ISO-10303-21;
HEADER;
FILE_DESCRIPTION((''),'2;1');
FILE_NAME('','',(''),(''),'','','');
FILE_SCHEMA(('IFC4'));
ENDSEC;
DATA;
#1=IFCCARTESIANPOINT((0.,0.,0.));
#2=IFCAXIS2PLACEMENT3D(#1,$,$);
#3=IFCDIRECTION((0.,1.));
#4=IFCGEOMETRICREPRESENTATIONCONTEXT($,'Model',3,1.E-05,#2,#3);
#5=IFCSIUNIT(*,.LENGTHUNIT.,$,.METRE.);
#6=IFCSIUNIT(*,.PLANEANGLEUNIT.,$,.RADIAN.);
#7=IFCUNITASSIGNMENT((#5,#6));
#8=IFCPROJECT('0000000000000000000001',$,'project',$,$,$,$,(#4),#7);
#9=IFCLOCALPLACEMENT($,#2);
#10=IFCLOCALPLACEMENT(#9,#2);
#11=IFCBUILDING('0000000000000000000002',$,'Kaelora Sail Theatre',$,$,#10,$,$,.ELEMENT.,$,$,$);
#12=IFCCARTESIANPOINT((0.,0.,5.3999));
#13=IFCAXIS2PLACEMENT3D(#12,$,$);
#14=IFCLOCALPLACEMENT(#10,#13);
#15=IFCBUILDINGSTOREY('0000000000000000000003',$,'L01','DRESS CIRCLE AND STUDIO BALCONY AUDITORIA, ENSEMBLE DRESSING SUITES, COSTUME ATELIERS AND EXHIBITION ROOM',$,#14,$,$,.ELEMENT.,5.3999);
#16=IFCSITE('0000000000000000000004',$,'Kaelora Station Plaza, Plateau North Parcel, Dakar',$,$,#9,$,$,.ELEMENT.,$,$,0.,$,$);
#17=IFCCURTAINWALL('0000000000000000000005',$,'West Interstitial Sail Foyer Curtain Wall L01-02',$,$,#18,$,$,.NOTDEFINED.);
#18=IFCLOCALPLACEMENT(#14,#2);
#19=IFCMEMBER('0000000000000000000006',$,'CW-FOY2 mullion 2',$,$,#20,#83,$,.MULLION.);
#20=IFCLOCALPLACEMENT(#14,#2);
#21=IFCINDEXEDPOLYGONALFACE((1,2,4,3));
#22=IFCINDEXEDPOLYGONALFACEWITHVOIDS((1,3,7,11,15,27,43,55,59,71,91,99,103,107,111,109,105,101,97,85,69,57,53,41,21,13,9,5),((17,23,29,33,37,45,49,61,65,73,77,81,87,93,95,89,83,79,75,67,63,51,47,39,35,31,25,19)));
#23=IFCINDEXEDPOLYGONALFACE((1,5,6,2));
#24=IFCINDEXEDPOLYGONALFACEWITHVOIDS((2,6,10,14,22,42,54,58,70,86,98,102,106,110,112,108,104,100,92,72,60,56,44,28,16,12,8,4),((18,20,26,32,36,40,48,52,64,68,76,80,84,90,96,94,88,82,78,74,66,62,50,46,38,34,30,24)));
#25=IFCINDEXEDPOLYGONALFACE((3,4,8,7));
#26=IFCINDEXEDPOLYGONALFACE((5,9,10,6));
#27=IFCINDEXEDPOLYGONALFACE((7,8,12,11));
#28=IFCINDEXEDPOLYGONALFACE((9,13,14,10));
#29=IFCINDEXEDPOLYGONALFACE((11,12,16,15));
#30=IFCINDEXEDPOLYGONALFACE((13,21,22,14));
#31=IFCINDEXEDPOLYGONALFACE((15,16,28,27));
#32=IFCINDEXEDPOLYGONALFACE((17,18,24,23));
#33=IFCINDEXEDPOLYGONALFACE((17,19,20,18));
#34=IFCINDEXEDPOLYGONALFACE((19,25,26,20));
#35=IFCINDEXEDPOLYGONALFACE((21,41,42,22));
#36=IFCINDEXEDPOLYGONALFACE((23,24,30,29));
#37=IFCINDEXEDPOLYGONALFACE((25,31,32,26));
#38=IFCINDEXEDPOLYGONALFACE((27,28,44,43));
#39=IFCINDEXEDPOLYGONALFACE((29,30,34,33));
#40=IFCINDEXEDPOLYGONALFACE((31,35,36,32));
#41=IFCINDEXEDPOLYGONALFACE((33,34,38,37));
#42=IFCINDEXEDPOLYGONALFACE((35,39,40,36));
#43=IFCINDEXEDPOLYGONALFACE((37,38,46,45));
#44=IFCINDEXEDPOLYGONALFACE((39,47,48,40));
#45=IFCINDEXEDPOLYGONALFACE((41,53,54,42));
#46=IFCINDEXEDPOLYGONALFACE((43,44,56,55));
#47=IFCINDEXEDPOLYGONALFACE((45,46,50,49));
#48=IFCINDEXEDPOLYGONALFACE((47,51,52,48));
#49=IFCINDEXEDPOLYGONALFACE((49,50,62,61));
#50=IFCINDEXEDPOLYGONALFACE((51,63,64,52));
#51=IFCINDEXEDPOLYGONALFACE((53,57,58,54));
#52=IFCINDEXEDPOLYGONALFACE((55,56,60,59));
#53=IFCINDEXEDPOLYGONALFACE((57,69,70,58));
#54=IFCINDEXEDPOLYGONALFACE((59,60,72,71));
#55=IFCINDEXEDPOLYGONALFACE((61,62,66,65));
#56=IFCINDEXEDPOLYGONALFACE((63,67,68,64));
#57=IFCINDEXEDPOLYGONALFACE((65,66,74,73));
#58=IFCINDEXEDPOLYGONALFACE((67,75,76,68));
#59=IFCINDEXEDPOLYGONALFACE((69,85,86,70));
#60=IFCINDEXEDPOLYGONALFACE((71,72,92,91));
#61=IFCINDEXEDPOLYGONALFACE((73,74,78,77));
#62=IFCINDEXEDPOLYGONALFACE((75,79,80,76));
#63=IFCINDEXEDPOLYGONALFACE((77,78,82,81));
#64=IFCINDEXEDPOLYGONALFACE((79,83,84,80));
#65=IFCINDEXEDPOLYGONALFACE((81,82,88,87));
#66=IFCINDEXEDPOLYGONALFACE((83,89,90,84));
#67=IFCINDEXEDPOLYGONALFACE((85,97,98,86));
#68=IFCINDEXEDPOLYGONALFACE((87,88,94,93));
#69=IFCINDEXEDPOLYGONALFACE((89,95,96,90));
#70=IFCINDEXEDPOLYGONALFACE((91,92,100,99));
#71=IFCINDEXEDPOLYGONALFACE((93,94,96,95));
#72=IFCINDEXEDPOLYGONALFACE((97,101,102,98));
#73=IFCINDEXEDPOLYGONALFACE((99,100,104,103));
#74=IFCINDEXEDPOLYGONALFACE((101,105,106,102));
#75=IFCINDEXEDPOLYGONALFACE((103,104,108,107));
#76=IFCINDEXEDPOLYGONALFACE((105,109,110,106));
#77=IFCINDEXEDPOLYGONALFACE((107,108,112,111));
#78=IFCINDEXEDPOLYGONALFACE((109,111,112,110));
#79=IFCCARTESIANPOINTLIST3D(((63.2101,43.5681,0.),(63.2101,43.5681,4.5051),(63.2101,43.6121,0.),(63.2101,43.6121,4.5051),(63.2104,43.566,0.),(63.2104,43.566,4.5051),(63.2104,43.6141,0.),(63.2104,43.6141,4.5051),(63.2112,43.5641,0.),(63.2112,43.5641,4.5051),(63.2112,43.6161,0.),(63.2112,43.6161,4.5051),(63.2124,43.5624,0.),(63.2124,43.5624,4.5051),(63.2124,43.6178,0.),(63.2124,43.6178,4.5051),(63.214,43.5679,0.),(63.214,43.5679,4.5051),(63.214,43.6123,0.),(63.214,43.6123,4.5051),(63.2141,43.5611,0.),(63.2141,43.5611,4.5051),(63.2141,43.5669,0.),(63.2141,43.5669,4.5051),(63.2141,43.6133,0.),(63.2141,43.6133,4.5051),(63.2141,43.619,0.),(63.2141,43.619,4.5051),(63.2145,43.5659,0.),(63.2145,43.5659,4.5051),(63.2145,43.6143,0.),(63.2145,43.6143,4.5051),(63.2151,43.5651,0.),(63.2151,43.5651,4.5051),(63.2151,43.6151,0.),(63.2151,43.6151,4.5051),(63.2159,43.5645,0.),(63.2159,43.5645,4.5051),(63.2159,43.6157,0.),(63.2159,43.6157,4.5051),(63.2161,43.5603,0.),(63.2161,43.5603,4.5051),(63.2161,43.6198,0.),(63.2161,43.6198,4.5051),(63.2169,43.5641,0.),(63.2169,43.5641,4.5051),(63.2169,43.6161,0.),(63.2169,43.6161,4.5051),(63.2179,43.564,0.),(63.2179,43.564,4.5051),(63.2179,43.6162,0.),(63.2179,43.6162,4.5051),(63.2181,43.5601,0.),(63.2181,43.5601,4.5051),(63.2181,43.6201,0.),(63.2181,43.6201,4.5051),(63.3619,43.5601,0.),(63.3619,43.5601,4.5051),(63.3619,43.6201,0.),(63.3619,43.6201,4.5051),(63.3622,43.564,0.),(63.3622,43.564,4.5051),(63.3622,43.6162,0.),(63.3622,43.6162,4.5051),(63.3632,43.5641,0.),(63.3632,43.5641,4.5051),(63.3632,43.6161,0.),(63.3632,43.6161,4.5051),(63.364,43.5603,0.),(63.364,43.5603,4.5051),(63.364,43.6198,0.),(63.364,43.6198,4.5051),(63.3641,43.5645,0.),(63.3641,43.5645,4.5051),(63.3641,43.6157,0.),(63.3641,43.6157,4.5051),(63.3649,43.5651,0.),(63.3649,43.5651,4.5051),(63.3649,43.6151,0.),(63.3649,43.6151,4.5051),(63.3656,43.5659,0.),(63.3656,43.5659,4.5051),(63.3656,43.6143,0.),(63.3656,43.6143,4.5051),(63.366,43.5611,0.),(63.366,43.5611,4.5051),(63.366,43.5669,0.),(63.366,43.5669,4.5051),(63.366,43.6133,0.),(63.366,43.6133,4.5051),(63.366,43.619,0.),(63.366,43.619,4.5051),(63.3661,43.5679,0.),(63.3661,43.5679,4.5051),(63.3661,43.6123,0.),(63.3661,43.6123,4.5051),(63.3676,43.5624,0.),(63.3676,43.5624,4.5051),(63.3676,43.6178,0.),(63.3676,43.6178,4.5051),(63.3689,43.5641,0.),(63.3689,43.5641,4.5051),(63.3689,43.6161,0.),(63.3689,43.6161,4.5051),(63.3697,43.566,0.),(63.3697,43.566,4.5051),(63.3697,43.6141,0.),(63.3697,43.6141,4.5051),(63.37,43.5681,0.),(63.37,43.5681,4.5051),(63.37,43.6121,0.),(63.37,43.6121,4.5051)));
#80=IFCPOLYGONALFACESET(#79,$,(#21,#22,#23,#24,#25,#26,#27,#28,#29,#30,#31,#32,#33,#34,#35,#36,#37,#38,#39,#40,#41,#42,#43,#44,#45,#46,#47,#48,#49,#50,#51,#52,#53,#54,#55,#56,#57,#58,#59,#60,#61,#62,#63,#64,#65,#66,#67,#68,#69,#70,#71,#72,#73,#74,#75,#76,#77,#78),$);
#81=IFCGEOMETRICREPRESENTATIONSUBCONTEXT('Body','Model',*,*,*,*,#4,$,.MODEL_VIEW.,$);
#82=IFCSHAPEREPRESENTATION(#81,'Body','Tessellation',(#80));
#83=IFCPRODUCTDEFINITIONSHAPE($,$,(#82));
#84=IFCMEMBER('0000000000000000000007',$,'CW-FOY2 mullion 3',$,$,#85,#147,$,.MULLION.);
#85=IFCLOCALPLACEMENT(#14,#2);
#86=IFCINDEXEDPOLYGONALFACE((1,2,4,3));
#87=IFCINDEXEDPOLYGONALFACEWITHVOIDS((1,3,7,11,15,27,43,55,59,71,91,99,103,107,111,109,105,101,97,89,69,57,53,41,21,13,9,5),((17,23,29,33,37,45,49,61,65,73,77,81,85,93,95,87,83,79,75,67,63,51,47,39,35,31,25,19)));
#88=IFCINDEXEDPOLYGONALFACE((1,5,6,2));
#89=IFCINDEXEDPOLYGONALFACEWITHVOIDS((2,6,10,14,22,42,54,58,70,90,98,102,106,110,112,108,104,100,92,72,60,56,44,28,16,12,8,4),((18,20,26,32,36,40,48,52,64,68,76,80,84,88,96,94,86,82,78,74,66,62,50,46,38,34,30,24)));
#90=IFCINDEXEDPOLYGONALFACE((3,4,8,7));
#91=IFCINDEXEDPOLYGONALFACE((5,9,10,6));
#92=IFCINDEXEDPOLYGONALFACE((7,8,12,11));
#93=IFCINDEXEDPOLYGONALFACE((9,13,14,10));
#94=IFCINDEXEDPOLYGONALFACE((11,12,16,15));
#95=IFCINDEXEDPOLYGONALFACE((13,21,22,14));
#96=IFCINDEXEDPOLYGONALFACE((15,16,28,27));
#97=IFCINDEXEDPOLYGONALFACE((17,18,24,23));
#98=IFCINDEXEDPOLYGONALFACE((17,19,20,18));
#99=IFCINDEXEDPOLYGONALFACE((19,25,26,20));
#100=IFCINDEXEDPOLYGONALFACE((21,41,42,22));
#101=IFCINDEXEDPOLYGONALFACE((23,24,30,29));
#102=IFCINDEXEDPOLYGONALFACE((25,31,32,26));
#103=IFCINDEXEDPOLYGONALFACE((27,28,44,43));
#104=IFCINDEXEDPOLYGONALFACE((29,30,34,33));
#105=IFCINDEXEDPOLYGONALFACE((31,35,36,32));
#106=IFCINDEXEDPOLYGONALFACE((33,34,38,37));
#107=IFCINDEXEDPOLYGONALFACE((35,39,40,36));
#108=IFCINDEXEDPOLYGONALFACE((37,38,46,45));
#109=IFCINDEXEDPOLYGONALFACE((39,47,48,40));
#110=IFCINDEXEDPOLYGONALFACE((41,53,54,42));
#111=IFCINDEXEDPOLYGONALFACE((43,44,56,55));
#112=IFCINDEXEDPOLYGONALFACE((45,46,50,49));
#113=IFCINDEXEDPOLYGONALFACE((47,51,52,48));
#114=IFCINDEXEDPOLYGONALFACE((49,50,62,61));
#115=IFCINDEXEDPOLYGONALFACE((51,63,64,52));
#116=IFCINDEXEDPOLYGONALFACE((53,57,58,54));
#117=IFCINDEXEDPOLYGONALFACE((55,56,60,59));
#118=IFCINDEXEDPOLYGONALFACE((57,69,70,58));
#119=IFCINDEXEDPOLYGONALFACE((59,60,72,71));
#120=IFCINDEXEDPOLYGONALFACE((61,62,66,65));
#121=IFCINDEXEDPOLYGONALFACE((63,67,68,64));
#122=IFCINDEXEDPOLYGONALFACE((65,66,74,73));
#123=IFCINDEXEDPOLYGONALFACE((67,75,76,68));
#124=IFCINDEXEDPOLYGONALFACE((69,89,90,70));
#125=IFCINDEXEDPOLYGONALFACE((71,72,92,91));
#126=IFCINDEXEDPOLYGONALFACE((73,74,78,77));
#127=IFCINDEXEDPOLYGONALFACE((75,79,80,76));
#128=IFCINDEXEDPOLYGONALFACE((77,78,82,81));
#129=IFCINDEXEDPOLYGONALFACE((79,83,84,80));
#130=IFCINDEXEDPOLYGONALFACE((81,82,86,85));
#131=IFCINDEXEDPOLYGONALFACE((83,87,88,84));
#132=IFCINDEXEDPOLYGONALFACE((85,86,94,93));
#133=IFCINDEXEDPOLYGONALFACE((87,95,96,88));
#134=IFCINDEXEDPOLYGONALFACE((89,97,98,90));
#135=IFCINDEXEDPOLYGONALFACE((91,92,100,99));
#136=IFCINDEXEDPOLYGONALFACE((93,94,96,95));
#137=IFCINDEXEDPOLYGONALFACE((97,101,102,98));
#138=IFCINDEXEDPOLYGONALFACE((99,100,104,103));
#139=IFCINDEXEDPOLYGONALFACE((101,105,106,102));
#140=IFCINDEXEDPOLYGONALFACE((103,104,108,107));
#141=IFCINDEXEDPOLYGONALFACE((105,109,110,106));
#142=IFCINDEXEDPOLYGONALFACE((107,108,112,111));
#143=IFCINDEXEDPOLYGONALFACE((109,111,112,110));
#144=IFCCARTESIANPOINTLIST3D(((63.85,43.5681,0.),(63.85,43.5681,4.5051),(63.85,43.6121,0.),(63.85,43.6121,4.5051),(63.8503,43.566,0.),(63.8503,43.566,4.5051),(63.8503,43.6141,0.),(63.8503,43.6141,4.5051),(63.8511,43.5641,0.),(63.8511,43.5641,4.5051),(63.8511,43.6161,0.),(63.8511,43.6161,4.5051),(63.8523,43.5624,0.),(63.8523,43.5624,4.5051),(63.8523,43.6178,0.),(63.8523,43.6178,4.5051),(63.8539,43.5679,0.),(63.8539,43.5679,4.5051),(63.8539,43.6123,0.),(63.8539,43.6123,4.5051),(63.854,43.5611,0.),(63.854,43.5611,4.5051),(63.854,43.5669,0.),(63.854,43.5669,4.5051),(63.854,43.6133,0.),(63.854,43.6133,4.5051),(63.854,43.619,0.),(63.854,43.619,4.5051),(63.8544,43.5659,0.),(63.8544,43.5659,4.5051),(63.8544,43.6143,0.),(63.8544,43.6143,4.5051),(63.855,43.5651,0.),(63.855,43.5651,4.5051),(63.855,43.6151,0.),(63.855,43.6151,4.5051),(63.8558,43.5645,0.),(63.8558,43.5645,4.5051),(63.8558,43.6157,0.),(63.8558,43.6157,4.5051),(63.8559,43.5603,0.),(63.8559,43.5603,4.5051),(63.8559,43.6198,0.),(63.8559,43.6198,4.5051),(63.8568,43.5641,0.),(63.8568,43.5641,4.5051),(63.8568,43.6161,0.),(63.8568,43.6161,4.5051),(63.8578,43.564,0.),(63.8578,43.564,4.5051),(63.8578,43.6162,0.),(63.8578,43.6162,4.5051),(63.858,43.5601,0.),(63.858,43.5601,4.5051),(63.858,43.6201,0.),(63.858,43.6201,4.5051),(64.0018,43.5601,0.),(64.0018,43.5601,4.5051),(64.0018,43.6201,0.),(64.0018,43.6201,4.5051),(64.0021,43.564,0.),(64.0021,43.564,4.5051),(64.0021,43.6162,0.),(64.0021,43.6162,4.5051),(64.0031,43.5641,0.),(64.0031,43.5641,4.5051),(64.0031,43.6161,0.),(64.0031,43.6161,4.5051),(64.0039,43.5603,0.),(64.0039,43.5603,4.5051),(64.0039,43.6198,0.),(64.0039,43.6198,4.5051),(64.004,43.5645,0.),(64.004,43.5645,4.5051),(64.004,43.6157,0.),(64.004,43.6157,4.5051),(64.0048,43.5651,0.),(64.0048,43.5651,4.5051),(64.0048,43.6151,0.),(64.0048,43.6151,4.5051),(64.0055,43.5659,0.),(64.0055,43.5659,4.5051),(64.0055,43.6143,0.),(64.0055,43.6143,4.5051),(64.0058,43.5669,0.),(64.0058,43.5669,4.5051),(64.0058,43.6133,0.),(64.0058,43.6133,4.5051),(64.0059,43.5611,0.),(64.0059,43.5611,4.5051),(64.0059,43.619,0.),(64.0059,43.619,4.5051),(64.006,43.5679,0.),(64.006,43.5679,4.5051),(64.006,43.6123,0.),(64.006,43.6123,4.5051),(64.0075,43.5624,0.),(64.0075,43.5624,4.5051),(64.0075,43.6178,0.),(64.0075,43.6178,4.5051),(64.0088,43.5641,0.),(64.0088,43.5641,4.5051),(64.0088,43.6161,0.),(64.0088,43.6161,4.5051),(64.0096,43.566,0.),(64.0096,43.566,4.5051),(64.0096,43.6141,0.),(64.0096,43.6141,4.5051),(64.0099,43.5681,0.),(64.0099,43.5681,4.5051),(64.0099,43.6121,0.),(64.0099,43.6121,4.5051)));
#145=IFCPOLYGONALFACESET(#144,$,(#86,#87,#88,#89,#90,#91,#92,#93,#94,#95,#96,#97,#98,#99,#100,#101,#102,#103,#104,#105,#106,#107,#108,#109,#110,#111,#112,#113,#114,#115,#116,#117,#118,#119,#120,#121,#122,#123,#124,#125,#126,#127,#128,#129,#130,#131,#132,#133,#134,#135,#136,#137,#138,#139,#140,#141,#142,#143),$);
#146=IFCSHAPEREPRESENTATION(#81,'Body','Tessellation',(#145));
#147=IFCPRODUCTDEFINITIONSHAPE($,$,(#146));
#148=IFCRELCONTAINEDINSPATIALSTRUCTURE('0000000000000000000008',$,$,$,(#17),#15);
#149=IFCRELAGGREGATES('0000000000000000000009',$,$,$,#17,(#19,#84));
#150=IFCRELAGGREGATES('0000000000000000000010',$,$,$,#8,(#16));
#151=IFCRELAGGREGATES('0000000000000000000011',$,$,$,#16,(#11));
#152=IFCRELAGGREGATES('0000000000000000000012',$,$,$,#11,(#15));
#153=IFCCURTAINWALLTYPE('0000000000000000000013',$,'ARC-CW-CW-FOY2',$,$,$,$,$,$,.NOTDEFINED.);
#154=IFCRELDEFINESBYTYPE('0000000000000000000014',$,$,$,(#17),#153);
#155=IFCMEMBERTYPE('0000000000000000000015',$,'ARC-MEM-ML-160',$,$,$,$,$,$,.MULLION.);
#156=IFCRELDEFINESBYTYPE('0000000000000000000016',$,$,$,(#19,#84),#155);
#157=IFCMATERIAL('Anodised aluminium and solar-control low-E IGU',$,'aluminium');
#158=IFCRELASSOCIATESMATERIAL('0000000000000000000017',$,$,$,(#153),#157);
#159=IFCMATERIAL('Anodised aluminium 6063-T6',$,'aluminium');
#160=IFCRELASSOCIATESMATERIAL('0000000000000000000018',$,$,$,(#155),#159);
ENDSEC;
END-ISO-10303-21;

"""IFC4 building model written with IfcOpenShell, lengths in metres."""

from ifc_helpers import new_model, si_unit, direction, frame, origin, origin_2d, place, context, subcontext, project, spatial, hollow_rectangle, extrude, material, material_profile, profile_set, type_object, element, aggregate, save


model = new_model("IFC4")

# Units and contexts
model_context = context("Model", 3, precision=1e-05, world=origin(), true_north=direction((0.0, 1.0)))
body_context = subcontext(model_context, "Body", "Model", "MODEL_VIEW")
ifc_project = project(units=[si_unit("LENGTHUNIT", "METRE"), si_unit("PLANEANGLEUNIT", "RADIAN")], contexts=[model_context])

# Site, building, storey
site_placement = place(None, origin())
site = spatial("IfcSite", under=ifc_project, at=site_placement, Name="Kaelora Station Plaza, Plateau North Parcel, Dakar", CompositionType="ELEMENT", RefElevation=0.0)
building_placement = place(site_placement, origin())
building = spatial("IfcBuilding", under=site, at=building_placement, Name="Kaelora Sail Theatre", CompositionType="ELEMENT")
storey_placement = place(building_placement, frame((0.0, 0.0, 5.3999)))
storey = spatial("IfcBuildingStorey", under=building, at=storey_placement, Name="L01", Description="DRESS CIRCLE AND STUDIO BALCONY AUDITORIA, ENSEMBLE DRESSING SUITES, COSTUME ATELIERS AND EXHIBITION ROOM", CompositionType="ELEMENT", Elevation=5.3999)

# Shared definitions
ifc_material_1 = material(Name="Anodised aluminium and solar-control low-E IGU", Category="aluminium")
curtain_wall_type = type_object("IfcCurtainWallType", Name="ARC-CW-CW-FOY2", PredefinedType="NOTDEFINED", material=ifc_material_1)
ifc_material_2 = material(Name="Anodised aluminium 6063-T6", Category="aluminium")
ifc_material_profile_1 = material_profile(ifc_material_2, hollow_rectangle(XDim=0.0601, YDim=0.1599, WallThickness=0.0039, InnerFilletRadius=0.0039, OuterFilletRadius=0.0081, at=origin_2d()), Name="ALU-MULL 60x160x4")
ifc_profile_set_1 = profile_set([ifc_material_profile_1], Name="Anodised aluminium 6063-T6")
member_type_1 = type_object("IfcMemberType", Name="ARC-MEM-ML-160", PredefinedType="MULLION", material=ifc_profile_set_1)

# Curtain wall, members
curtain_wall_1_placement = place(storey_placement, origin())
curtain_wall_1 = element("IfcCurtainWall", 1, at=curtain_wall_1_placement, inside=storey, type_object=curtain_wall_type, Name="West Interstitial Sail Foyer Curtain Wall L01-02", PredefinedType="NOTDEFINED")
member_1_placement = place(storey_placement, frame((63.29, 43.5901, 0.0), z_axis=(0.0, 0.0, 1.0), x_axis=(0.0, 1.0, 0.0)))
member_1 = element("IfcMember", 2, at=member_1_placement, type_object=member_type_1, Name="CW-FOY2 mullion 2", PredefinedType="MULLION", context=body_context, shape_type="SweptSolid", body=[
    extrude(hollow_rectangle(XDim=0.0601, YDim=0.1599, WallThickness=0.0039, InnerFilletRadius=0.0039, OuterFilletRadius=0.0081, at=origin_2d()), origin(), (0.0, 0.0, 1.0), 4.5051),
])
member_2_placement = place(storey_placement, frame((63.9299, 43.5901, 0.0), z_axis=(0.0, 0.0, 1.0), x_axis=(0.0, 1.0, 0.0)))
member_2 = element("IfcMember", 3, at=member_2_placement, type_object=member_type_1, Name="CW-FOY2 mullion 3", PredefinedType="MULLION", context=body_context, shape_type="SweptSolid", body=[
    extrude(hollow_rectangle(XDim=0.0601, YDim=0.1599, WallThickness=0.0039, InnerFilletRadius=0.0039, OuterFilletRadius=0.0081, at=origin_2d()), origin(), (0.0, 0.0, 1.0), 4.5051),
])

aggregate(curtain_wall_1, [member_1, member_2])

save(model, "model.ifc")
